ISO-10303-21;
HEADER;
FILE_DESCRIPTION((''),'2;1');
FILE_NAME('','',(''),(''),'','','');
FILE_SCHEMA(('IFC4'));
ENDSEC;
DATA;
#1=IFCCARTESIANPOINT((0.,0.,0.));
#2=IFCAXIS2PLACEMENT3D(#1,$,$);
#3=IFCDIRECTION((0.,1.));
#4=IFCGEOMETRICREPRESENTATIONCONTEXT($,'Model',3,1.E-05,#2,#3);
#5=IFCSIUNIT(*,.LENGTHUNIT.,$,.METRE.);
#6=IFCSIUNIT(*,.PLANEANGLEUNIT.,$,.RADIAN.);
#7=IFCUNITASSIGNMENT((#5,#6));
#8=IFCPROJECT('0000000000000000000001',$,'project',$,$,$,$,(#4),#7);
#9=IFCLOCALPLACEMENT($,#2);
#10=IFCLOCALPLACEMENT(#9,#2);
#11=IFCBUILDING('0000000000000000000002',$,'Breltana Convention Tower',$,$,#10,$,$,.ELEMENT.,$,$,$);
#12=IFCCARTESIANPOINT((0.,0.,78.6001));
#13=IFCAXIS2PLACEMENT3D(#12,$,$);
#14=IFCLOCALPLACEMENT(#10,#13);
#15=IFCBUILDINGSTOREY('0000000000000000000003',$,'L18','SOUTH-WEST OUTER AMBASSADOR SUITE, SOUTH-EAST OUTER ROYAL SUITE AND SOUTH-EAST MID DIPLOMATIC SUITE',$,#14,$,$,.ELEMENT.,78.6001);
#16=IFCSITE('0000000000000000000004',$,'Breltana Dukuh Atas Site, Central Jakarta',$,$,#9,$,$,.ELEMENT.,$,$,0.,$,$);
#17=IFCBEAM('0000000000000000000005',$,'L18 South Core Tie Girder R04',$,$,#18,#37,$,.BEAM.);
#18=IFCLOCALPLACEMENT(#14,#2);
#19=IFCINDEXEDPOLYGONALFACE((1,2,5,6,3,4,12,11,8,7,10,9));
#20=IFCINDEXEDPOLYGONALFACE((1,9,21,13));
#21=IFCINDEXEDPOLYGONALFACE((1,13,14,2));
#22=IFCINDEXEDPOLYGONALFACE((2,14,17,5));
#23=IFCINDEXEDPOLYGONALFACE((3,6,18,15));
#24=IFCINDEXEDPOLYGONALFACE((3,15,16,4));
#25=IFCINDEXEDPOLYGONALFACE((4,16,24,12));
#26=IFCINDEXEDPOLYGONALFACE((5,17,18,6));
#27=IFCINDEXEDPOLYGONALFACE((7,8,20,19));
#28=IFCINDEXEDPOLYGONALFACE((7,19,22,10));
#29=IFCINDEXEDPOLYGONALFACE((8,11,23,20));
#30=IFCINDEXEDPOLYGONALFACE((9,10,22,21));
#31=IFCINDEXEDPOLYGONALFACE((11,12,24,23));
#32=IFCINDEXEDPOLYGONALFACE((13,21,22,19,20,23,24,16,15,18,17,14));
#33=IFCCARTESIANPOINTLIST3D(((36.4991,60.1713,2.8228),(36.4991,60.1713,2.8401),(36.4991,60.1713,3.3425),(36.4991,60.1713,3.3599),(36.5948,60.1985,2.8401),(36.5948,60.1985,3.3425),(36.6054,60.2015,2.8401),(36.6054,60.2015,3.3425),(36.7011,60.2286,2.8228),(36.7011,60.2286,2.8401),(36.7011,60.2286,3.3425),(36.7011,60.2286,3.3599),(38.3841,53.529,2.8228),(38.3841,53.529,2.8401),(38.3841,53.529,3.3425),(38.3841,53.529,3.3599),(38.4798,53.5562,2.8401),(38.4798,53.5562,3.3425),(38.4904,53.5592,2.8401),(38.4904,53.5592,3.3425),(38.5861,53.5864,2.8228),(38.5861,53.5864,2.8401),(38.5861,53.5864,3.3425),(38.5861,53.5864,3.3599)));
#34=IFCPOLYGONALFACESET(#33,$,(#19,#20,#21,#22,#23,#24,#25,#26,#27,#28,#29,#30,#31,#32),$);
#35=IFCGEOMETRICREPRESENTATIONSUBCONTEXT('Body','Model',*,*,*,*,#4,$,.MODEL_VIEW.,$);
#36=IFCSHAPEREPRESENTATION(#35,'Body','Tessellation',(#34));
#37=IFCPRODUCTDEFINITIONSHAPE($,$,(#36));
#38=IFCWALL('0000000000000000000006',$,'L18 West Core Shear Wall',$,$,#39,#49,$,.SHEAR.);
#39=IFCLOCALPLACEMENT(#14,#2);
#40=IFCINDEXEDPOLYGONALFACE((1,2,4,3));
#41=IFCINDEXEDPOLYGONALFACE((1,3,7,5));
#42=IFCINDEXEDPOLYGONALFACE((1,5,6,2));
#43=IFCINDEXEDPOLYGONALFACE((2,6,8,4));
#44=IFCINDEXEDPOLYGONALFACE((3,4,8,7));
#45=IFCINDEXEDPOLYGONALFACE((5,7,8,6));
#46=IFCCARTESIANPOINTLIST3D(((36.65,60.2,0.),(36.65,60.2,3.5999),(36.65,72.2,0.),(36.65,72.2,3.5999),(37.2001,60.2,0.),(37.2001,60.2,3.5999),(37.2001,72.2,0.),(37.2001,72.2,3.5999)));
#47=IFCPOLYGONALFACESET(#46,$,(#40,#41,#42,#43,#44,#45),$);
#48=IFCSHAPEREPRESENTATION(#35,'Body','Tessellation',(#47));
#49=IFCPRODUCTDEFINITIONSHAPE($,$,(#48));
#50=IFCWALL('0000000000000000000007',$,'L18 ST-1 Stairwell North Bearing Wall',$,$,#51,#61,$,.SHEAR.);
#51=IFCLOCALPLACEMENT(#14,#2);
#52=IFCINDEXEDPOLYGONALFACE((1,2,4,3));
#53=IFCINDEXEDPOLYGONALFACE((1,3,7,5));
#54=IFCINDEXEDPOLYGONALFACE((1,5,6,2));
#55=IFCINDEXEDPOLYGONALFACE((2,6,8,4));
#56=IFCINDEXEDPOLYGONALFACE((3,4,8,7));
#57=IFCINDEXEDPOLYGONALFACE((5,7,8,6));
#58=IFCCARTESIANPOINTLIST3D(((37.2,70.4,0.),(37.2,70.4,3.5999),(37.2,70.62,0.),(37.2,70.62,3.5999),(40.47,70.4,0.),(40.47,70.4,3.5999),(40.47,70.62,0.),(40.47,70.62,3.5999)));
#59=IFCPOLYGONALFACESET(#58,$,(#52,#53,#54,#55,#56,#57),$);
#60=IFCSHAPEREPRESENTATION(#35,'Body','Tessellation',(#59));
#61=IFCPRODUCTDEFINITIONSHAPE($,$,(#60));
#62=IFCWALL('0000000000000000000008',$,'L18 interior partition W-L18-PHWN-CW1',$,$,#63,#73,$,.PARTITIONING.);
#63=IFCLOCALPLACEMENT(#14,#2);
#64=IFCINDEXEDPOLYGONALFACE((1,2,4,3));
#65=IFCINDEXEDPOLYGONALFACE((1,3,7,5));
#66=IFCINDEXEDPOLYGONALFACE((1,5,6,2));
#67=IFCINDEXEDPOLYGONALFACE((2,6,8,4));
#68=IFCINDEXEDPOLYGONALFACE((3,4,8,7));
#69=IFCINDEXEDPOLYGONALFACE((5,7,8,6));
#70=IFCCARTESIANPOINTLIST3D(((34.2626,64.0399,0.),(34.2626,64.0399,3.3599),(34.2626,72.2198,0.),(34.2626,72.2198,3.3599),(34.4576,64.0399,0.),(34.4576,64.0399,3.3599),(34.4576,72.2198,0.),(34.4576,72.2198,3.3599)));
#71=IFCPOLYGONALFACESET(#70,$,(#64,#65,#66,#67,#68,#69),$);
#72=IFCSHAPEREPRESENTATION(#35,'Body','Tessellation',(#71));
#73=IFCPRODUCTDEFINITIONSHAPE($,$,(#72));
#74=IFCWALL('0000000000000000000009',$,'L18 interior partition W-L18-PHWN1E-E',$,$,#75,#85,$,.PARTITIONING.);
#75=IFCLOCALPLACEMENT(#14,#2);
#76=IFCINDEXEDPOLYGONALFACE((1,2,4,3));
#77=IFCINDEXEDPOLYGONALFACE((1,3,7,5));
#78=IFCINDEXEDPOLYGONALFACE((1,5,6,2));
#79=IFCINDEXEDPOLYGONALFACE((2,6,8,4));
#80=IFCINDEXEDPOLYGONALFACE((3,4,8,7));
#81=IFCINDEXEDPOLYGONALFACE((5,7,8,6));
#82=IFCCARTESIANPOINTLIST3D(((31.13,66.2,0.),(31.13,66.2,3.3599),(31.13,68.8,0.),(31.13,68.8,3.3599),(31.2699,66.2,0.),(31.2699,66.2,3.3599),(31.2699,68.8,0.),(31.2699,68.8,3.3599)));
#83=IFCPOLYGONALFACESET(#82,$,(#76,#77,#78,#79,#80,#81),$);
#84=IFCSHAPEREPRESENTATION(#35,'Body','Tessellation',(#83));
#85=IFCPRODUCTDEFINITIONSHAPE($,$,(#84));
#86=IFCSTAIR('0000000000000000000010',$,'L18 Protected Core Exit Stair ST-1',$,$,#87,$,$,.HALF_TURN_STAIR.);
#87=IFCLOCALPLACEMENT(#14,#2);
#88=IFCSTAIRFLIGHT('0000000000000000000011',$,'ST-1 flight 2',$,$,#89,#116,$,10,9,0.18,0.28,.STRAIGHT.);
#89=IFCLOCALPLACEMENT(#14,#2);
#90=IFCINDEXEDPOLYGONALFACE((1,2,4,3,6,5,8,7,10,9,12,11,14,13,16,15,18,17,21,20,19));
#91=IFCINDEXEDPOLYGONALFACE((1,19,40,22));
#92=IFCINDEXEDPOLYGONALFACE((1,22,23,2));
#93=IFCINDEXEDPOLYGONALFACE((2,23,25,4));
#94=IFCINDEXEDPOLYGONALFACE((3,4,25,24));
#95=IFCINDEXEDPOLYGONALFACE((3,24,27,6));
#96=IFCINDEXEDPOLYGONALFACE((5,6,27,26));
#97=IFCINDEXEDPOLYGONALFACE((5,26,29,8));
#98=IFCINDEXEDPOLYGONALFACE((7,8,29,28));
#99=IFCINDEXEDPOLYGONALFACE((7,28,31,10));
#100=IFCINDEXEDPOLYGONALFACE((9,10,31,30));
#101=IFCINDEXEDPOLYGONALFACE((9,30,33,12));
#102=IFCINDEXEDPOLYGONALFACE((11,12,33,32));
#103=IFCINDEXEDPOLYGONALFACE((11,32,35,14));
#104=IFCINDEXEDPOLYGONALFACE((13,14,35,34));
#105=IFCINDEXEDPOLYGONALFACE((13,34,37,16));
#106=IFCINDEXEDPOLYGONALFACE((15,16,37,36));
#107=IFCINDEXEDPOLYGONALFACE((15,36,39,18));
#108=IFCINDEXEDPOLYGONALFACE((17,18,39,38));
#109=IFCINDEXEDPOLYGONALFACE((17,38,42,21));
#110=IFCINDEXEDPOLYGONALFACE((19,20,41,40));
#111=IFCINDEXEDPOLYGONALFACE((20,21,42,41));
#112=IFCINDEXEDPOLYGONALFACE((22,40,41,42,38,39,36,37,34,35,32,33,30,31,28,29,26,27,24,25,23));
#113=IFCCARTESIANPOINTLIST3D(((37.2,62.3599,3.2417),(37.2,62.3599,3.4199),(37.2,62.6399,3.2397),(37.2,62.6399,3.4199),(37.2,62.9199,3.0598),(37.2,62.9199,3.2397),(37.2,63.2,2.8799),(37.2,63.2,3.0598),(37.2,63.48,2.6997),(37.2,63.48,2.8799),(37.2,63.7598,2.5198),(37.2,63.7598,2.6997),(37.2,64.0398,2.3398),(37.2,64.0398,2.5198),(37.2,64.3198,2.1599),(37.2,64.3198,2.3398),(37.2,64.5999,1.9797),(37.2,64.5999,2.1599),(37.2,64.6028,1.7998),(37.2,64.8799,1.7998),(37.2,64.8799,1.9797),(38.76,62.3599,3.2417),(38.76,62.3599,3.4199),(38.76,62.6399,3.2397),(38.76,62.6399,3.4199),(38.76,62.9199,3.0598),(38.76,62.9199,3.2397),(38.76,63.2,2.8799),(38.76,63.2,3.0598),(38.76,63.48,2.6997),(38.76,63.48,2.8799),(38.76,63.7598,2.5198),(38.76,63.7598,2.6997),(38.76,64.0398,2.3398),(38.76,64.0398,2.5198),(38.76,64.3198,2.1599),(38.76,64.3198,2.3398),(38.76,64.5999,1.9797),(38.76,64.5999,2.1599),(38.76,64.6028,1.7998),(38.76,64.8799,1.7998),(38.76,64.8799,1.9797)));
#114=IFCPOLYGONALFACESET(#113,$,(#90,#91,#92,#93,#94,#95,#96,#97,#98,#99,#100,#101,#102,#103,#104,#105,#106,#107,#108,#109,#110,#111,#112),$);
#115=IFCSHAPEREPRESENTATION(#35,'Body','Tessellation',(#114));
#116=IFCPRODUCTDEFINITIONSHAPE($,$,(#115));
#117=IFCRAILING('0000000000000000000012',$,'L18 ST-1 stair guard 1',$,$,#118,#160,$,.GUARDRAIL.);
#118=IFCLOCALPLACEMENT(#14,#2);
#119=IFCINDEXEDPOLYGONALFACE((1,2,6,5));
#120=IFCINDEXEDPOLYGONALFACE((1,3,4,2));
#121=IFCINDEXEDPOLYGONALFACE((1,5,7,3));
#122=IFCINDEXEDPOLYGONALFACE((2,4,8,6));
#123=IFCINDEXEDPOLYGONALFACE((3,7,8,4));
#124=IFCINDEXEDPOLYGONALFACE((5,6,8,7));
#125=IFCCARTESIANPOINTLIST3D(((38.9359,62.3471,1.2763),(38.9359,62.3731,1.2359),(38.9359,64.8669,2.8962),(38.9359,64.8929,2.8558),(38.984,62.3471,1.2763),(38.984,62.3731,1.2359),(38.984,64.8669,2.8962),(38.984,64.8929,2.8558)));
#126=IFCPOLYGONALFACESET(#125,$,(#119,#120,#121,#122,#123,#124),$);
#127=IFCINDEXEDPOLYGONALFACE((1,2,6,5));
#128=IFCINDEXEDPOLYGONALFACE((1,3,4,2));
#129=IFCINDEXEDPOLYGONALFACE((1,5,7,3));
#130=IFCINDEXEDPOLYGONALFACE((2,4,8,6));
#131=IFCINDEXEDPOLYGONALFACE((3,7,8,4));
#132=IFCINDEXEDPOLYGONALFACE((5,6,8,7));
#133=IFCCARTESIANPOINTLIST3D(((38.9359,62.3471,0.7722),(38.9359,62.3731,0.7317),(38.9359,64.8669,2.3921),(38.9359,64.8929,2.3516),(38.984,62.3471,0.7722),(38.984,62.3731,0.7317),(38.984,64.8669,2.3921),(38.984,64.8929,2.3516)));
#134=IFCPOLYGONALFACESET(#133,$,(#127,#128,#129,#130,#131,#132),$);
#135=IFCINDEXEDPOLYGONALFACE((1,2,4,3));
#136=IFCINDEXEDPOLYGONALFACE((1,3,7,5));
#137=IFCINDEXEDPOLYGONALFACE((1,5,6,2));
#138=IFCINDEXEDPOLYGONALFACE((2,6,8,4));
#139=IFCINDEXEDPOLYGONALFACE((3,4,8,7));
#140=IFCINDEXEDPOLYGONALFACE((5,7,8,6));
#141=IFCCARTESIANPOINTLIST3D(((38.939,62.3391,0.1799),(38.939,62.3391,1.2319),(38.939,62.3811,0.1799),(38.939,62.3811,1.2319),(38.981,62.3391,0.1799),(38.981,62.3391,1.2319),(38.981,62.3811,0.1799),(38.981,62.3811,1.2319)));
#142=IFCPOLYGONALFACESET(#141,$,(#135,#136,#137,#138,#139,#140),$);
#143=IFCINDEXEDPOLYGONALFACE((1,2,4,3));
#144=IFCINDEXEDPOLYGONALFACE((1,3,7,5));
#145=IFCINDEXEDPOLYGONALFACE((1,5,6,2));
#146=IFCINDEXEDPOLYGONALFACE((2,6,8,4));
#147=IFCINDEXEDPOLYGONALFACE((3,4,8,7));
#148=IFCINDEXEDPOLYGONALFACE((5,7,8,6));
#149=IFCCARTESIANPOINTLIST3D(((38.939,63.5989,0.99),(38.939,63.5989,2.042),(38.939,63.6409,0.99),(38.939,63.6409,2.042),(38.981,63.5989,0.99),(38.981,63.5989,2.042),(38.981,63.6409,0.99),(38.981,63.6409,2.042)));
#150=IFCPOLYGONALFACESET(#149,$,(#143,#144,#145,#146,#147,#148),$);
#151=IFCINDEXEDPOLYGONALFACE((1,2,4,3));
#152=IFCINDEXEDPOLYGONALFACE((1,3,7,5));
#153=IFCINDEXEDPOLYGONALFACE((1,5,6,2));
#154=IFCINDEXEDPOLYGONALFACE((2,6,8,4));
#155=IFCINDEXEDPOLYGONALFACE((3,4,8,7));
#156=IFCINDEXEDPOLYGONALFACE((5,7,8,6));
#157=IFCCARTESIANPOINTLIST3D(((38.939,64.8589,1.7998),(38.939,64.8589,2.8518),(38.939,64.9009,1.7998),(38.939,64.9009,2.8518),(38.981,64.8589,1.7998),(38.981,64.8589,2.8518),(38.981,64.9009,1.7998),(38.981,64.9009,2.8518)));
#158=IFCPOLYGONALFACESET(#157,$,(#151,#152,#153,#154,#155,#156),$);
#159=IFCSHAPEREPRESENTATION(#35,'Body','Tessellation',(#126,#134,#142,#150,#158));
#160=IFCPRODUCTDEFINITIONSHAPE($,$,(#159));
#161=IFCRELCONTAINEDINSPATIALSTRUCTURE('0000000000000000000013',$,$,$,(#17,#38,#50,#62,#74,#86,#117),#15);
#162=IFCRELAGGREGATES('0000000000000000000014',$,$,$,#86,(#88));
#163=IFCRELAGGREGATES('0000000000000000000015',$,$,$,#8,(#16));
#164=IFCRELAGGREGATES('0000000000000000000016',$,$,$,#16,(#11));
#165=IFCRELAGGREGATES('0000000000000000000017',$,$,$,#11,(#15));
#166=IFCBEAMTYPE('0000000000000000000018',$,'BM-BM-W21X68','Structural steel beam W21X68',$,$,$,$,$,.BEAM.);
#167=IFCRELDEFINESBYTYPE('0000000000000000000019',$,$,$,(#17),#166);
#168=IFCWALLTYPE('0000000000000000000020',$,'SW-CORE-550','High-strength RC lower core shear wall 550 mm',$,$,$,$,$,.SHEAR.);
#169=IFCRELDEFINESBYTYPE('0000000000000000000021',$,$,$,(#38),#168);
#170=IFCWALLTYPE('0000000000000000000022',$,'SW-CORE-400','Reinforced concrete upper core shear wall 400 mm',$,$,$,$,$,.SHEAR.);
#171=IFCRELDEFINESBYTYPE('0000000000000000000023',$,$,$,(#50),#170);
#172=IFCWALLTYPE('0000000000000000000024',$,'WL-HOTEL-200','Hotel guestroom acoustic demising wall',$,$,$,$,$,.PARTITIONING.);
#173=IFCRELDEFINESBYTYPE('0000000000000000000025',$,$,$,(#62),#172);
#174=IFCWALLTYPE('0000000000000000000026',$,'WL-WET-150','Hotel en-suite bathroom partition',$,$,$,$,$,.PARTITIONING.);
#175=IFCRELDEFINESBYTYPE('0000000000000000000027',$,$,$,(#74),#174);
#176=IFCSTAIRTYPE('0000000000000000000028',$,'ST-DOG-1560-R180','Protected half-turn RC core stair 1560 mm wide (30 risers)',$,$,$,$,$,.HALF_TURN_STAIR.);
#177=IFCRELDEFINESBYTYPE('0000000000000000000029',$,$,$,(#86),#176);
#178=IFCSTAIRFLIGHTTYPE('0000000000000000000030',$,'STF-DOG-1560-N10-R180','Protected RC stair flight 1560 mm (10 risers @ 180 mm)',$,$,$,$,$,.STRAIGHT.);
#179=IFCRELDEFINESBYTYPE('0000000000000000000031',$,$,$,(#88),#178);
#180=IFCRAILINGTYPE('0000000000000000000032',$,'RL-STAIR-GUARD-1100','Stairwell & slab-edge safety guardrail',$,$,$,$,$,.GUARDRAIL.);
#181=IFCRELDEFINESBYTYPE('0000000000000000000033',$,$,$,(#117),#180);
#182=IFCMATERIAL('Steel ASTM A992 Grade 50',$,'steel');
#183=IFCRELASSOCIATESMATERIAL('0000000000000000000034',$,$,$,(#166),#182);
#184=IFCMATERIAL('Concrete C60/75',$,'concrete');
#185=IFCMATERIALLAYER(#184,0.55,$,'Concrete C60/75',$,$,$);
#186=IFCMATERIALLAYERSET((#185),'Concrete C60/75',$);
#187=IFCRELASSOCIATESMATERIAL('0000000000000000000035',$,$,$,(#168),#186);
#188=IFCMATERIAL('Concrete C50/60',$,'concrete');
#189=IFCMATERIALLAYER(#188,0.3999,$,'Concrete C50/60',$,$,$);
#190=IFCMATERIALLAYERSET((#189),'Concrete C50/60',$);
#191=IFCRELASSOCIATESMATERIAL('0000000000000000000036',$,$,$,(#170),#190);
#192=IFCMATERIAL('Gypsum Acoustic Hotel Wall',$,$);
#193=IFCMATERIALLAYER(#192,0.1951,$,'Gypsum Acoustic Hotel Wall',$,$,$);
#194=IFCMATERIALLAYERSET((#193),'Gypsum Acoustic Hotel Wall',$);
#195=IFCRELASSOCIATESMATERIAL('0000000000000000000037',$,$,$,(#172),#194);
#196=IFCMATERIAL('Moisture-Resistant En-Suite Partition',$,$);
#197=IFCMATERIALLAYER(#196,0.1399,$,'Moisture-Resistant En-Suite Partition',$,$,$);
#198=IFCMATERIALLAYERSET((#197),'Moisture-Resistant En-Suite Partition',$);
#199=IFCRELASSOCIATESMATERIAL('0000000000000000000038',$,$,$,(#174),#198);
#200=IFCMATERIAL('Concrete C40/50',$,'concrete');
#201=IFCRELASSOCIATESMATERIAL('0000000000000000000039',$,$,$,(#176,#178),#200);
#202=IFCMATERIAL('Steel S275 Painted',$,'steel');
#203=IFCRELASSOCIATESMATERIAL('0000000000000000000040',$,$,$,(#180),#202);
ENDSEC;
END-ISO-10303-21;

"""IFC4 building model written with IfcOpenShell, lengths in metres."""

from ifc_helpers import new_model, si_unit, direction, frame, frame_2d, origin, origin_2d, place, context, subcontext, project, spatial, polyline, rectangle, i_section, outline, extrude, source, transform, mapped, material, layer, layer_set, material_profile, profile_set, type_object, type_shapes, element, aggregate, save


model = new_model("IFC4")

# Units and contexts
model_context = context("Model", 3, precision=1e-05, world=origin(), true_north=direction((0.0, 1.0)))
body_context = subcontext(model_context, "Body", "Model", "MODEL_VIEW")
ifc_project = project(units=[si_unit("LENGTHUNIT", "METRE"), si_unit("PLANEANGLEUNIT", "RADIAN")], contexts=[model_context])

# Site, building, storey
site_placement = place(None, origin())
site = spatial("IfcSite", under=ifc_project, at=site_placement, Name="Breltana Dukuh Atas Site, Central Jakarta", CompositionType="ELEMENT", RefElevation=0.0)
building_placement = place(site_placement, origin())
building = spatial("IfcBuilding", under=site, at=building_placement, Name="Breltana Convention Tower", CompositionType="ELEMENT")
storey_placement = place(building_placement, frame((0.0, 0.0, 78.6001)))
storey = spatial("IfcBuildingStorey", under=building, at=storey_placement, Name="L18", Description="SOUTH-WEST OUTER AMBASSADOR SUITE, SOUTH-EAST OUTER ROYAL SUITE AND SOUTH-EAST MID DIPLOMATIC SUITE", CompositionType="ELEMENT", Elevation=78.6001)

# Beam
ifc_material_1 = material(Name="Steel ASTM A992 Grade 50", Category="steel")
ifc_material_profile = material_profile(ifc_material_1, i_section(OverallWidth=0.21, OverallDepth=0.5371, WebThickness=0.011, FlangeThickness=0.0173, at=origin_2d()), Name="W21X68")
ifc_profile_set = profile_set([ifc_material_profile], Name="Steel ASTM A992 Grade 50")
beam_type = type_object("IfcBeamType", Name="BM-BM-W21X68", Description="Structural steel beam W21X68", PredefinedType="BEAM", material=ifc_profile_set)
shared_shape_1 = source(origin(), body_context, "Body", "SweptSolid", [
    extrude(i_section(OverallWidth=0.21, OverallDepth=0.5371, WebThickness=0.011, FlangeThickness=0.0173, at=origin_2d()), origin(), (0.0, 0.0, 1.0), 6.9045),
])
type_shapes(beam_type, [shared_shape_1])
beam_placement = place(storey_placement, frame((36.6001, 60.2, 3.0913), z_axis=(0.273007, -0.962012, 0.0), x_axis=(0.962012, 0.273007, 0.0)))
element("IfcBeam", 1, at=beam_placement, inside=storey, type_object=beam_type, Name="L18 South Core Tie Girder R04", PredefinedType="BEAM", context=body_context, shape_type="MappedRepresentation", body=[
    mapped(shared_shape_1, transform((0.0, 0.0, 0.0), scale=1.0)),
])

# Wall
ifc_material_2 = material(Name="Concrete C60/75", Category="concrete")
ifc_layer_1 = layer(ifc_material_2, 0.55, Name="Concrete C60/75")
ifc_layer_set_1 = layer_set([ifc_layer_1], Name="Concrete C60/75")
wall_type_1 = type_object("IfcWallType", Name="SW-CORE-550", Description="High-strength RC lower core shear wall 550 mm", PredefinedType="SHEAR", material=ifc_layer_set_1)
shared_shape_2 = source(origin(), body_context, "Body", "SweptSolid", [
    extrude(rectangle(XDim=12.0, YDim=0.55, at=frame_2d((6.0, 0.0))), origin(), (0.0, 0.0, 1.0), 3.5999),
])
wall_1_placement = place(storey_placement, frame((36.925, 60.2, 0.0), z_axis=(0.0, 0.0, 1.0), x_axis=(0.0, 1.0, 0.0)))
element("IfcWall", 2, at=wall_1_placement, inside=storey, type_object=wall_type_1, Name="L18 West Core Shear Wall", PredefinedType="SHEAR", context=body_context, shape_type="MappedRepresentation", body=[
    mapped(shared_shape_2, transform((0.0, 0.0, 0.0), scale=1.0)),
])

# Walls
ifc_material_3 = material(Name="Concrete C50/60", Category="concrete")
ifc_layer_2 = layer(ifc_material_3, 0.3999, Name="Concrete C50/60")
ifc_layer_set_2 = layer_set([ifc_layer_2], Name="Concrete C50/60")
wall_type_2 = type_object("IfcWallType", Name="SW-CORE-400", Description="Reinforced concrete upper core shear wall 400 mm", PredefinedType="SHEAR", material=ifc_layer_set_2)
shared_shape_3 = source(origin(), body_context, "Body", "SweptSolid", [
    extrude(rectangle(XDim=3.27, YDim=0.22, at=frame_2d((1.635, 0.0))), origin(), (0.0, 0.0, 1.0), 3.5999),
])
wall_2_placement = place(storey_placement, frame((37.2, 70.51, 0.0), z_axis=(0.0, 0.0, 1.0), x_axis=(1.0, 0.0, 0.0)))
element("IfcWall", 3, at=wall_2_placement, inside=storey, type_object=wall_type_2, Name="L18 ST-1 Stairwell North Bearing Wall", PredefinedType="SHEAR", context=body_context, shape_type="MappedRepresentation", body=[
    mapped(shared_shape_3, transform((0.0, 0.0, 0.0), scale=1.0)),
])
ifc_material_4 = material(Name="Gypsum Acoustic Hotel Wall")
ifc_layer_3 = layer(ifc_material_4, 0.1951, Name="Gypsum Acoustic Hotel Wall")
ifc_layer_set_3 = layer_set([ifc_layer_3], Name="Gypsum Acoustic Hotel Wall")
wall_type_3 = type_object("IfcWallType", Name="WL-HOTEL-200", Description="Hotel guestroom acoustic demising wall", PredefinedType="PARTITIONING", material=ifc_layer_set_3)
shared_shape_4 = source(origin(), body_context, "Body", "SweptSolid", [
    extrude(rectangle(XDim=8.1799, YDim=0.1951, at=frame_2d((4.0898, 0.0))), origin(), (0.0, 0.0, 1.0), 3.3599),
])
wall_3_placement = place(storey_placement, frame((34.3601, 64.04, 0.0), z_axis=(0.0, 0.0, 1.0), x_axis=(0.0, 1.0, 0.0)))
element("IfcWall", 4, at=wall_3_placement, inside=storey, type_object=wall_type_3, Name="L18 interior partition W-L18-PHWN-CW1", PredefinedType="PARTITIONING", context=body_context, shape_type="MappedRepresentation", body=[
    mapped(shared_shape_4, transform((0.0, 0.0, 0.0), scale=1.0)),
])
ifc_material_5 = material(Name="Moisture-Resistant En-Suite Partition")
ifc_layer_4 = layer(ifc_material_5, 0.1399, Name="Moisture-Resistant En-Suite Partition")
ifc_layer_set_4 = layer_set([ifc_layer_4], Name="Moisture-Resistant En-Suite Partition")
wall_type_4 = type_object("IfcWallType", Name="WL-WET-150", Description="Hotel en-suite bathroom partition", PredefinedType="PARTITIONING", material=ifc_layer_set_4)
shared_shape_5 = source(origin(), body_context, "Body", "SweptSolid", [
    extrude(rectangle(XDim=2.6001, YDim=0.1399, at=frame_2d((1.3, 0.0))), origin(), (0.0, 0.0, 1.0), 3.3599),
])
wall_4_placement = place(storey_placement, frame((31.2, 66.2, 0.0), z_axis=(0.0, 0.0, 1.0), x_axis=(0.0, 1.0, 0.0)))
element("IfcWall", 5, at=wall_4_placement, inside=storey, type_object=wall_type_4, Name="L18 interior partition W-L18-PHWN1E-E", PredefinedType="PARTITIONING", context=body_context, shape_type="MappedRepresentation", body=[
    mapped(shared_shape_5, transform((0.0, 0.0, 0.0), scale=1.0)),
])

# Stair, stair flight
ifc_material_6 = material(Name="Concrete C40/50", Category="concrete")
stair_type = type_object("IfcStairType", Name="ST-DOG-1560-R180", Description="Protected half-turn RC core stair 1560 mm wide (30 risers)", PredefinedType="HALF_TURN_STAIR", material=ifc_material_6)
stair_placement = place(storey_placement, origin())
stair = element("IfcStair", 6, at=stair_placement, inside=storey, type_object=stair_type, Name="L18 Protected Core Exit Stair ST-1", PredefinedType="HALF_TURN_STAIR")
stair_flight_type = type_object("IfcStairFlightType", Name="STF-DOG-1560-N10-R180", Description="Protected RC stair flight 1560 mm (10 risers @ 180 mm)", PredefinedType="STRAIGHT", material=ifc_material_6)
stair_flight_placement = place(storey_placement, frame((37.98, 64.8799, 1.7998), z_axis=(0.0, 0.0, 1.0), x_axis=(0.0, -1.0, 0.0)))
stair_flight = element("IfcStairFlight", 7, at=stair_flight_placement, type_object=stair_flight_type, Name="ST-1 flight 2", NumberOfRisers=10, NumberOfTreads=9, PredefinedType="STRAIGHT", RiserHeight=0.18, TreadLength=0.28, context=body_context, shape_type="SweptSolid", body=[
    extrude(outline(polyline([(0.0, 0.0), (0.0, 0.1799), (0.28, 0.1799), (0.28, 0.3601), (0.5601, 0.3601), (0.5601, 0.54), (0.8401, 0.54), (0.8401, 0.72), (1.1201, 0.72), (1.1201, 0.8999), (1.3999, 0.8999), (1.3999, 1.0801), (1.6799, 1.0801), (1.6799, 1.26), (1.96, 1.26), (1.96, 1.4399), (2.24, 1.4399), (2.24, 1.6201), (2.52, 1.6201), (2.52, 1.8), (2.52, 1.4419), (0.2771, 0.0), (0.0, 0.0)])), frame((0.0, 0.78, 0.0), z_axis=(0.0, -1.0, 0.0), x_axis=(1.0, 0.0, 0.0)), (0.0, 0.0, 1.0), 1.5601),
])
aggregate(stair, [stair_flight])

# Railing
ifc_material_7 = material(Name="Steel S275 Painted", Category="steel")
railing_type_1 = type_object("IfcRailingType", Name="RL-STAIR-GUARD-1100", Description="Stairwell & slab-edge safety guardrail", PredefinedType="GUARDRAIL", material=ifc_material_7)
railing_1_placement = place(storey_placement, frame((38.96, 62.3601, 0.1799)))
element("IfcRailing", 8, at=railing_1_placement, inside=storey, type_object=railing_type_1, Name="L18 ST-1 stair guard 1", PredefinedType="GUARDRAIL", context=body_context, shape_type="SweptSolid", body=[
    extrude(rectangle(XDim=0.0481, YDim=0.0481, at=origin_2d()), frame((0.0, 0.0, 1.0762), z_axis=(0.0, 0.841176, 0.540762), x_axis=(-1.0, 0.0, 0.0)), (0.0, 0.0, 1.0), 2.9956),
    extrude(rectangle(XDim=0.0481, YDim=0.0481, at=origin_2d()), frame((0.0, 0.0, 0.572), z_axis=(0.0, 0.841176, 0.540762), x_axis=(-1.0, 0.0, 0.0)), (0.0, 0.0, 1.0), 2.9956),
    extrude(rectangle(XDim=0.042, YDim=0.042, at=origin_2d()), origin(), (0.0, 0.0, 1.0), 1.052),
    extrude(rectangle(XDim=0.042, YDim=0.042, at=origin_2d()), frame((0.0, 1.2598, 0.8101)), (0.0, 0.0, 1.0), 1.052),
    extrude(rectangle(XDim=0.042, YDim=0.042, at=origin_2d()), frame((0.0, 2.5198, 1.6199)), (0.0, 0.0, 1.0), 1.052),
])

save(model, "model.ifc")
